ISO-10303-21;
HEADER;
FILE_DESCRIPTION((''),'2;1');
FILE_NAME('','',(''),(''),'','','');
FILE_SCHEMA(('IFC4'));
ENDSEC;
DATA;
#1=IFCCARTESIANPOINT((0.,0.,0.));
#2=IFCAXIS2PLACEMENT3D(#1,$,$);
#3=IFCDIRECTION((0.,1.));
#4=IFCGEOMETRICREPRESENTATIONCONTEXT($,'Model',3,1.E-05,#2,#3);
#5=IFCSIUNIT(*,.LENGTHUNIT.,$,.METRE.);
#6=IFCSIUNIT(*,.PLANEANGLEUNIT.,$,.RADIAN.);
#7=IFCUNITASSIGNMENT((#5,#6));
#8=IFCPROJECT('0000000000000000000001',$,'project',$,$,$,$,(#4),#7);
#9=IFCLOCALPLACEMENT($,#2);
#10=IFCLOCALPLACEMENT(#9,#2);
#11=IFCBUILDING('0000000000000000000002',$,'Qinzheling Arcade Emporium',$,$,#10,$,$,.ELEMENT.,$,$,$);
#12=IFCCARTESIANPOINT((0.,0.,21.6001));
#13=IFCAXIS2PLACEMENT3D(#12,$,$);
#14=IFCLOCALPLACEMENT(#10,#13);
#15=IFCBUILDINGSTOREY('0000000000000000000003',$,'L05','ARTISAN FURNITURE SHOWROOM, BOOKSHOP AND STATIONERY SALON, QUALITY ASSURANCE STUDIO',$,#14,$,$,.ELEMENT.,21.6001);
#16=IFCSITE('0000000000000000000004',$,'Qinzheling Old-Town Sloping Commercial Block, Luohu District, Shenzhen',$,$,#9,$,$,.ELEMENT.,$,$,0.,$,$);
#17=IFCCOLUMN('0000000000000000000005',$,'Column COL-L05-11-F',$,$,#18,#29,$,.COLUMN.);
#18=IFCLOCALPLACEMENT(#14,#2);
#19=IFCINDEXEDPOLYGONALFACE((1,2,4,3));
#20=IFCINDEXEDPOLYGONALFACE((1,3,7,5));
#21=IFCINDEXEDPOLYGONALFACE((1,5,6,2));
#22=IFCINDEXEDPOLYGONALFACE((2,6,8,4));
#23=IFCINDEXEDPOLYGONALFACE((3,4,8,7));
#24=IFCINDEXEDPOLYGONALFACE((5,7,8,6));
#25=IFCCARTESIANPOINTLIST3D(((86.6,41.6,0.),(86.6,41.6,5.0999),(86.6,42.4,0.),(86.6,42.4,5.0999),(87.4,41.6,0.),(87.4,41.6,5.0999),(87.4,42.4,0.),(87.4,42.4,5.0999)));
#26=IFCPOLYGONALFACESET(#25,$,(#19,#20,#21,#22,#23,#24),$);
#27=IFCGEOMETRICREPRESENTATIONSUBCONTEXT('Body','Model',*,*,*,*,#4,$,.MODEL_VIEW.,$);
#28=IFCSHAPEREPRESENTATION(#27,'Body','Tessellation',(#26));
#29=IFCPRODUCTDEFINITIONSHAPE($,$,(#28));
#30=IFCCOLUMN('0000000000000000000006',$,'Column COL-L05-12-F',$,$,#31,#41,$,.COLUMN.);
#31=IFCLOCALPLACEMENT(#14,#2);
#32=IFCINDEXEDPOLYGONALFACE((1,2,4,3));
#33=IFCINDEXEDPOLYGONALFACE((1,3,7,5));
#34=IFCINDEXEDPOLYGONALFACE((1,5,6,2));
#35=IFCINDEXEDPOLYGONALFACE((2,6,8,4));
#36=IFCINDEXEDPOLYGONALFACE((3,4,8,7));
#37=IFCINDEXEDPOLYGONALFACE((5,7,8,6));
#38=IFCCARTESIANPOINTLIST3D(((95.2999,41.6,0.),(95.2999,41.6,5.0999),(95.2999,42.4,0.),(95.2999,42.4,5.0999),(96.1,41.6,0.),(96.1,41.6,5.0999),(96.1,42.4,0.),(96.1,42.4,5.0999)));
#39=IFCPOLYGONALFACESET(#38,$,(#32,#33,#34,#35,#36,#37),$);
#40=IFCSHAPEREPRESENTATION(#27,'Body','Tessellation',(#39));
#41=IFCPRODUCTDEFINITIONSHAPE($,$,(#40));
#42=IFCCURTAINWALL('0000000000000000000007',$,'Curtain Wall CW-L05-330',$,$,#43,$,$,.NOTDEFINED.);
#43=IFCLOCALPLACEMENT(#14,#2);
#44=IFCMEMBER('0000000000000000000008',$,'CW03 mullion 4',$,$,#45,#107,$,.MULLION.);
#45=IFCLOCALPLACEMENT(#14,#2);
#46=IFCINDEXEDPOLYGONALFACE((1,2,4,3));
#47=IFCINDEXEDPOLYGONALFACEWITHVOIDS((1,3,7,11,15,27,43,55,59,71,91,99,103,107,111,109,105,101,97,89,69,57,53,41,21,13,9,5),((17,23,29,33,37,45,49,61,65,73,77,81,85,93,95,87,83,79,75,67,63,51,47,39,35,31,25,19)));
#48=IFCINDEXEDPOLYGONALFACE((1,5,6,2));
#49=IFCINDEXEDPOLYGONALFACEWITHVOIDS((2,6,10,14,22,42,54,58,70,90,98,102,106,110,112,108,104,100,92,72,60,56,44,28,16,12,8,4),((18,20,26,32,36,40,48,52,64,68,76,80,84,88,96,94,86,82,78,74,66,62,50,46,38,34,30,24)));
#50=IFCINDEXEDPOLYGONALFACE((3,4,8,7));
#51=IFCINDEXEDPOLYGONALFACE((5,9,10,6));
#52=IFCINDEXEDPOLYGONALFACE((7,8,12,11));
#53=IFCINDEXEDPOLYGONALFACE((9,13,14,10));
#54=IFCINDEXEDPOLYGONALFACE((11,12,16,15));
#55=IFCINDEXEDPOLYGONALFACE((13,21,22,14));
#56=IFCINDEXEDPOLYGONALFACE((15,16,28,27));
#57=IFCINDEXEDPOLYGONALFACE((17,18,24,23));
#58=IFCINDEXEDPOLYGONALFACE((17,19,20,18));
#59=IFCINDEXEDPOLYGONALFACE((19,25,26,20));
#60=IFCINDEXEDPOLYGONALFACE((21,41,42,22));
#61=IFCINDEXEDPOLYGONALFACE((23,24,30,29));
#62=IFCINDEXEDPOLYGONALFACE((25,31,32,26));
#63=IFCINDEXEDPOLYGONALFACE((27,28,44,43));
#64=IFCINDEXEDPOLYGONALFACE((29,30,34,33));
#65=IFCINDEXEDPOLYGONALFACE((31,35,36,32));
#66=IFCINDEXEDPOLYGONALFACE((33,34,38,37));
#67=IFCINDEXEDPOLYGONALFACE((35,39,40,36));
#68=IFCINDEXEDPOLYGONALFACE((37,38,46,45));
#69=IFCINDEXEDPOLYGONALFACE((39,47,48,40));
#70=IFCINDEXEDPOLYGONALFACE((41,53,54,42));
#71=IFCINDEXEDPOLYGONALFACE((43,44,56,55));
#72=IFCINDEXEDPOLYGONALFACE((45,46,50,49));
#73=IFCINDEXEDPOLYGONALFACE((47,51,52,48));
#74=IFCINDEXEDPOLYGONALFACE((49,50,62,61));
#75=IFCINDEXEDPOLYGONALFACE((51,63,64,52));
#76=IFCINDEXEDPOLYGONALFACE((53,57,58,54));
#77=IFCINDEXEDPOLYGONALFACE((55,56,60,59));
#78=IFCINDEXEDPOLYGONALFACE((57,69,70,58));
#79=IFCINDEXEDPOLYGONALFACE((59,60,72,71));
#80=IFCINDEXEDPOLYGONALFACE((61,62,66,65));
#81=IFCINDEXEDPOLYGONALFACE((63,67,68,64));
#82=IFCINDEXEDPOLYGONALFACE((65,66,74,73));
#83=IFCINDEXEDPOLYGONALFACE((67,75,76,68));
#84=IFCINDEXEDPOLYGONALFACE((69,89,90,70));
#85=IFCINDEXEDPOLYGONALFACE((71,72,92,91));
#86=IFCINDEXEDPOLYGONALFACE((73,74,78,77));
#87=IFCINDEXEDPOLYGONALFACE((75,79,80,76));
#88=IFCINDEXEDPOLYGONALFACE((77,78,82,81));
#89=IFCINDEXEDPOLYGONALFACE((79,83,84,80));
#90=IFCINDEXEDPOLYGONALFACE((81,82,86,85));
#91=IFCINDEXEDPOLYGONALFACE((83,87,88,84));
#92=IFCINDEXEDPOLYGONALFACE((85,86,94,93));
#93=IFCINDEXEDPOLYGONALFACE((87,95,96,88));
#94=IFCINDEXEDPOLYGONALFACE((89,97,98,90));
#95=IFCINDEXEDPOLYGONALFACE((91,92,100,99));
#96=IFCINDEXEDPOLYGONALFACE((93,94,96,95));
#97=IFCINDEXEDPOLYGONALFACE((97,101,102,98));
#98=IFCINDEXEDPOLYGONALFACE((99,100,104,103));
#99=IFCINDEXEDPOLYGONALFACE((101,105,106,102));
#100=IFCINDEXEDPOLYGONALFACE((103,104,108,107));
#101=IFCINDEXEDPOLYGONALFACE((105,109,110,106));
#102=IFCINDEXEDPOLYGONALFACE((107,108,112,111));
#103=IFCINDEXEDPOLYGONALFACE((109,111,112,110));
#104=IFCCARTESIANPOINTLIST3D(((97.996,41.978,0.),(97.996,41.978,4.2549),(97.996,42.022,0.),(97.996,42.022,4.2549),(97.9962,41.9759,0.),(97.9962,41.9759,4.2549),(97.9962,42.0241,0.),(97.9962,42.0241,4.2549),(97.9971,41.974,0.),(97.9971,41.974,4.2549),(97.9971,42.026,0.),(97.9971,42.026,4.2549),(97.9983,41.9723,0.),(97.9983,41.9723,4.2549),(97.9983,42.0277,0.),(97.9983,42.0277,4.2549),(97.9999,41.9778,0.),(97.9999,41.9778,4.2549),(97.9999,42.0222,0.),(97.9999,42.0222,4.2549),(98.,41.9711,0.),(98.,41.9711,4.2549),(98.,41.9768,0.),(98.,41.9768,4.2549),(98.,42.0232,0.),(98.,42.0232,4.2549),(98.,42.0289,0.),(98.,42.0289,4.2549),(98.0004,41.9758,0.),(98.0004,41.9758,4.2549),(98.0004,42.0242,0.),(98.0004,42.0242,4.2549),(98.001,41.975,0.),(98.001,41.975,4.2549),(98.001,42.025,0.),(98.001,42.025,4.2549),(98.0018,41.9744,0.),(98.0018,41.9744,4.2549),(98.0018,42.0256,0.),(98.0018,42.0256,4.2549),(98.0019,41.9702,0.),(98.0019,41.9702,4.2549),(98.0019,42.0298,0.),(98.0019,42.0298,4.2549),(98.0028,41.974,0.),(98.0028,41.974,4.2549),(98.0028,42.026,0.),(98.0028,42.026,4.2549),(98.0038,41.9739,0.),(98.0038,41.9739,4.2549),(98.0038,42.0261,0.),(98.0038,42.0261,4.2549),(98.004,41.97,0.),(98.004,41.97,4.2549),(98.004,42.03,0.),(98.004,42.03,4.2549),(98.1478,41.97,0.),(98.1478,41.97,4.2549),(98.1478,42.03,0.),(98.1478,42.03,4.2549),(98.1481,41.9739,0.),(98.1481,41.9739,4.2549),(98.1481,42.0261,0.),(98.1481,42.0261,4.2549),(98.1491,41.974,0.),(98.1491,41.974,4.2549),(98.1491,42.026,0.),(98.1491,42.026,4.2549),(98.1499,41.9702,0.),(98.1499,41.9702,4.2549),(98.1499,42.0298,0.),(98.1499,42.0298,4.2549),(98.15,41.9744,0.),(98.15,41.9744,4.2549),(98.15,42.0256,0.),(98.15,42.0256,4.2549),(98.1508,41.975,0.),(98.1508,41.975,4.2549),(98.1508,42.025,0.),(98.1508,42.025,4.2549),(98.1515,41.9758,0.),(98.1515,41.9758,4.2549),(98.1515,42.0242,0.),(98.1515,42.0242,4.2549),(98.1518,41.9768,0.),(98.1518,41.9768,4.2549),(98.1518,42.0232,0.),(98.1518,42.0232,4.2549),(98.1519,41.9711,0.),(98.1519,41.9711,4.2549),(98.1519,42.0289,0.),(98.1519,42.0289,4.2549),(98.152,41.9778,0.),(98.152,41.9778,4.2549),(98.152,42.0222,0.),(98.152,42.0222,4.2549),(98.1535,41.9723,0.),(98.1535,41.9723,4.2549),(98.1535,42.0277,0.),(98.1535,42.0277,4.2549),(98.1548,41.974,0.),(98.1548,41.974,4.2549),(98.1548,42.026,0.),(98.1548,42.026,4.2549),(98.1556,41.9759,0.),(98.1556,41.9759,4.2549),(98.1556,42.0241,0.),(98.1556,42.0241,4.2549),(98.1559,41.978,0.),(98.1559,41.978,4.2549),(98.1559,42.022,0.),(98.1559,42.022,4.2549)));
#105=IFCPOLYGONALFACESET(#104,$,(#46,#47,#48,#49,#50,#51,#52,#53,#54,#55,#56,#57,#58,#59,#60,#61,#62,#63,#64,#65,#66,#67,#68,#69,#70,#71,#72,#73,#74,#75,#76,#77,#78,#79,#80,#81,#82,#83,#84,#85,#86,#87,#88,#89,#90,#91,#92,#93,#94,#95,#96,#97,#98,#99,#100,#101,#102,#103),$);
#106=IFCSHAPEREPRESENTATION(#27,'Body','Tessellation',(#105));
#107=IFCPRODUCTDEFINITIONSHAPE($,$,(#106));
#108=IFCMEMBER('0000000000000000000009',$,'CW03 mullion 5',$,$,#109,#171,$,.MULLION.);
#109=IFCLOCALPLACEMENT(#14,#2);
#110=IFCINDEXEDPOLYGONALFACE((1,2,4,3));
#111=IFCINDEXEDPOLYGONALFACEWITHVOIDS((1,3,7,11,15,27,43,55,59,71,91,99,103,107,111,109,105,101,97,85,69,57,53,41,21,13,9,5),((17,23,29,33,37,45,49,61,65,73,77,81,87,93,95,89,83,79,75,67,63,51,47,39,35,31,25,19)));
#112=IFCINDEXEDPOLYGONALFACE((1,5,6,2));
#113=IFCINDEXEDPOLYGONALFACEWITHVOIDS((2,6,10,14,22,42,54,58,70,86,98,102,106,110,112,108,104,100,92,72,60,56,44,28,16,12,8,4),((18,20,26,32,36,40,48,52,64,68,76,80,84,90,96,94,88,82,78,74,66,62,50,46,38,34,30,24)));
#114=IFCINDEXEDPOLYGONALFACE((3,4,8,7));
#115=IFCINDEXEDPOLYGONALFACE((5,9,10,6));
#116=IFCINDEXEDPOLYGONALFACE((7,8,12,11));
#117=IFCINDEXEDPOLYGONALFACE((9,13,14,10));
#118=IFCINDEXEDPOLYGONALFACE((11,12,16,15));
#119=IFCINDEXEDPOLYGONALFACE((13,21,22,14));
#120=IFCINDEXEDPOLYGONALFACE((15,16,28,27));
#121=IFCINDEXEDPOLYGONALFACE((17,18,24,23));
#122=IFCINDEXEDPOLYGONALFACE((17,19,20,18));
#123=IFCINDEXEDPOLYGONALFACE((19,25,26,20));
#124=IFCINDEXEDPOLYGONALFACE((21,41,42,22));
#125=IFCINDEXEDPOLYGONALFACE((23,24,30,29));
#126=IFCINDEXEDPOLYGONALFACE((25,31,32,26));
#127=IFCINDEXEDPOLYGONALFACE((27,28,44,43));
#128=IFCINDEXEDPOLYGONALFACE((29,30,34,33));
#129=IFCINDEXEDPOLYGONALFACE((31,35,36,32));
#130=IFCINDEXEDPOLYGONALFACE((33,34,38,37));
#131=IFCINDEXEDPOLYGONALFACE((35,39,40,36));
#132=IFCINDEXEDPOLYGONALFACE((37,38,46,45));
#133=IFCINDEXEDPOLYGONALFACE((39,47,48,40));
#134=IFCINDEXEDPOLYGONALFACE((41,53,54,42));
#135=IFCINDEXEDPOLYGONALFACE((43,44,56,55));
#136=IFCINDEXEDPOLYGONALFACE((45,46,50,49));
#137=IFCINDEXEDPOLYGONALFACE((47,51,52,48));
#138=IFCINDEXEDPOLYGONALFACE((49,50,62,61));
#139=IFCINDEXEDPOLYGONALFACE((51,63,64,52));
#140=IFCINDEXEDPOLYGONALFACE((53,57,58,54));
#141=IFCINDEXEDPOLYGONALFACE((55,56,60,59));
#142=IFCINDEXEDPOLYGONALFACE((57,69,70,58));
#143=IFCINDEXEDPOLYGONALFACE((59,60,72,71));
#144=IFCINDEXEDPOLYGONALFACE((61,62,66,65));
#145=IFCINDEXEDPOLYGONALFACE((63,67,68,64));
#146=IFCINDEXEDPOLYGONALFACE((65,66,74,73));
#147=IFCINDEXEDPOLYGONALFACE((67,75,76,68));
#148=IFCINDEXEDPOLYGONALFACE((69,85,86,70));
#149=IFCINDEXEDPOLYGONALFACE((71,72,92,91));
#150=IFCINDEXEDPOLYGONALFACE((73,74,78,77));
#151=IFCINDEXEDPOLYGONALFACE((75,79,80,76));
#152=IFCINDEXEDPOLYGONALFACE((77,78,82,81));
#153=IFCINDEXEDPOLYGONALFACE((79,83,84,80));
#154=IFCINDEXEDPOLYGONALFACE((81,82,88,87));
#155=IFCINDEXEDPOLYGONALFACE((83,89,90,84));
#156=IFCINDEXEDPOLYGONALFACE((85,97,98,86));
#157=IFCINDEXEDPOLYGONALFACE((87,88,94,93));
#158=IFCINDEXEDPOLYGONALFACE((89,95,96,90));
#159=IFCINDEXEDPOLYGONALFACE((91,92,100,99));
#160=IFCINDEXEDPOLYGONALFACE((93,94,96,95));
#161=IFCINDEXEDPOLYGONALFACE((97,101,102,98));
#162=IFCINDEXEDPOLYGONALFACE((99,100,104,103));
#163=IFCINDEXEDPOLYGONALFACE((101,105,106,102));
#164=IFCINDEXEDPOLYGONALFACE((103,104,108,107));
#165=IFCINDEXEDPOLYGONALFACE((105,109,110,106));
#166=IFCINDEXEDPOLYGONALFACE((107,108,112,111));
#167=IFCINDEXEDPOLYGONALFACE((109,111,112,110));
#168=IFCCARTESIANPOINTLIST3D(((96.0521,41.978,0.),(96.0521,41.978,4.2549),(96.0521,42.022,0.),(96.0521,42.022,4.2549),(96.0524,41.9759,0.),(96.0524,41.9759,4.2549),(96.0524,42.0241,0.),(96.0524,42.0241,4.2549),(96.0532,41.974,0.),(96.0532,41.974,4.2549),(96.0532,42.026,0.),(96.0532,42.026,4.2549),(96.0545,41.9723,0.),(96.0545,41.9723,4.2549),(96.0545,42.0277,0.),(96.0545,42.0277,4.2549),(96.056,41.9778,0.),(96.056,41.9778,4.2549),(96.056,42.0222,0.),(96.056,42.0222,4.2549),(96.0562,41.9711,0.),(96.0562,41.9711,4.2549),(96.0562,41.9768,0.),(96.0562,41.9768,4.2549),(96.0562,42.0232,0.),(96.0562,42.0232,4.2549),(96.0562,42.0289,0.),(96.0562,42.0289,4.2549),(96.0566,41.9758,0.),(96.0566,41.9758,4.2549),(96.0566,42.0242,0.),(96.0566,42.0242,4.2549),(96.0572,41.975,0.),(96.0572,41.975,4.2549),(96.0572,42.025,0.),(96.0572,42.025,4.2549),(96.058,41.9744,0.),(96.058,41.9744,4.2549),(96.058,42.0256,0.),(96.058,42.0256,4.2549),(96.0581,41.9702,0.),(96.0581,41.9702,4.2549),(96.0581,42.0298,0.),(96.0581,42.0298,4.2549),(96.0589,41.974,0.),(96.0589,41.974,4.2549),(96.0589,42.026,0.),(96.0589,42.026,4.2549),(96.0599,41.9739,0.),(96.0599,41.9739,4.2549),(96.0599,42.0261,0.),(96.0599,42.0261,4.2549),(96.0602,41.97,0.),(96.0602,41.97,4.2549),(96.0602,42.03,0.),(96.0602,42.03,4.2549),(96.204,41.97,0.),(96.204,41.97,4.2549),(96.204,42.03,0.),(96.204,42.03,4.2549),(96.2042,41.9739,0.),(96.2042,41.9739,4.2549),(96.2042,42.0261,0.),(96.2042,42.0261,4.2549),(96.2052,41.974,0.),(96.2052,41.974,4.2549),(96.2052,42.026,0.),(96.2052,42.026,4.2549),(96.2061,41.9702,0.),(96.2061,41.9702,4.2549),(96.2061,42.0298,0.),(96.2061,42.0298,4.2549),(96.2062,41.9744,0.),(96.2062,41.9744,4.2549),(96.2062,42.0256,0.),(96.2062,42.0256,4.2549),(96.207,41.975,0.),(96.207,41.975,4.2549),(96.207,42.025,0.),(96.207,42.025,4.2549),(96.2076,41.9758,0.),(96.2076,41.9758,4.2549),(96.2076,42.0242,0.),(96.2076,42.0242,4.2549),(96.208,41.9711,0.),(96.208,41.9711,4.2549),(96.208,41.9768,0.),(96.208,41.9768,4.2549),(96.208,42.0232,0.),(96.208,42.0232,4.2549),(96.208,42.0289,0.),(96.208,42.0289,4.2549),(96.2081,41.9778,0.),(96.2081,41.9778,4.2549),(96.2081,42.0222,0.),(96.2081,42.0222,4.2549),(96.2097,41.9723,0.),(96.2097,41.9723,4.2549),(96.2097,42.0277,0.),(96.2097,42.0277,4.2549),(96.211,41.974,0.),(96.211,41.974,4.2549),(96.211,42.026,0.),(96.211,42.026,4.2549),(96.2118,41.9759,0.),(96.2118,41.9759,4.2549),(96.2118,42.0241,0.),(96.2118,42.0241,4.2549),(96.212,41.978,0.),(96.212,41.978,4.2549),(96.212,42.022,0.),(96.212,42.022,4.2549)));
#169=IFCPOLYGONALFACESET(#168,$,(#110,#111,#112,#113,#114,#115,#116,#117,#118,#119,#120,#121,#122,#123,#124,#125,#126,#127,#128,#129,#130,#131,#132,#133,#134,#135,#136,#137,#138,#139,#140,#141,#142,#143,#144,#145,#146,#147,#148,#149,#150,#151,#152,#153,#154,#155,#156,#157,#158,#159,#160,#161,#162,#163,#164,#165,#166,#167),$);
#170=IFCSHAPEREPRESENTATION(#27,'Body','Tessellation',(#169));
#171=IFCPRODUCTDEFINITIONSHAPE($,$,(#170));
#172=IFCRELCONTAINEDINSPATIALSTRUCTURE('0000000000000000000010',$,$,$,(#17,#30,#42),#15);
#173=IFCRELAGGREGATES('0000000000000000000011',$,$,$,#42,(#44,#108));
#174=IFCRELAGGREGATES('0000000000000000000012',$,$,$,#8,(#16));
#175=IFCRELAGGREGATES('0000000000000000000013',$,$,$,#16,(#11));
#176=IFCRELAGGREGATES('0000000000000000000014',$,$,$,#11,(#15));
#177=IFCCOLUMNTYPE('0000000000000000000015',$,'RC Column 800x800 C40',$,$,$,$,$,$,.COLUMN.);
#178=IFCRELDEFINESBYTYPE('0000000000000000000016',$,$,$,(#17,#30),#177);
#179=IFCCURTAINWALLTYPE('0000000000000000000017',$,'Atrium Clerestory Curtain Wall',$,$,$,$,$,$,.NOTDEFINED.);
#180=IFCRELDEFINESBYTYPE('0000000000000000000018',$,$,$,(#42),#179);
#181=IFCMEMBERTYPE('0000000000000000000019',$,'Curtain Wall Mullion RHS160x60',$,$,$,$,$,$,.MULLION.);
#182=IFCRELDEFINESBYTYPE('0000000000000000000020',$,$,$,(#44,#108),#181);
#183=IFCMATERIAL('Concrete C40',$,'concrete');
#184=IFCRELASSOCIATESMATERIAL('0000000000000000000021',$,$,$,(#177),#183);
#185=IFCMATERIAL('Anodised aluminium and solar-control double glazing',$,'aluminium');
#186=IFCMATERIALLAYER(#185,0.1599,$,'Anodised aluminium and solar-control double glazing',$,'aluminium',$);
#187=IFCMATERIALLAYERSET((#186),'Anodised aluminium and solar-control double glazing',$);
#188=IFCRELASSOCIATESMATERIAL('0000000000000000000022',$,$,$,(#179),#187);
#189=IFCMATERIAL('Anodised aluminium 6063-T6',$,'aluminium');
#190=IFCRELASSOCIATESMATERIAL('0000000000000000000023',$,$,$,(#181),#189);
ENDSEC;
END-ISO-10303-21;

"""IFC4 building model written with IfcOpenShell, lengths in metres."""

from ifc_helpers import new_model, si_unit, direction, frame, origin, origin_2d, place, context, subcontext, project, spatial, rectangle, hollow_rectangle, extrude, material, layer, layer_set, material_profile, profile_set, type_object, element, aggregate, save


model = new_model("IFC4")

# Units and contexts
model_context = context("Model", 3, precision=1e-05, world=origin(), true_north=direction((0.0, 1.0)))
body_context = subcontext(model_context, "Body", "Model", "MODEL_VIEW")
ifc_project = project(units=[si_unit("LENGTHUNIT", "METRE"), si_unit("PLANEANGLEUNIT", "RADIAN")], contexts=[model_context])

# Site, building, storey
site_placement = place(None, origin())
site = spatial("IfcSite", under=ifc_project, at=site_placement, Name="Qinzheling Old-Town Sloping Commercial Block, Luohu District, Shenzhen", CompositionType="ELEMENT", RefElevation=0.0)
building_placement = place(site_placement, origin())
building = spatial("IfcBuilding", under=site, at=building_placement, Name="Qinzheling Arcade Emporium", CompositionType="ELEMENT")
storey_placement = place(building_placement, frame((0.0, 0.0, 21.6001)))
storey = spatial("IfcBuildingStorey", under=building, at=storey_placement, Name="L05", Description="ARTISAN FURNITURE SHOWROOM, BOOKSHOP AND STATIONERY SALON, QUALITY ASSURANCE STUDIO", CompositionType="ELEMENT", Elevation=21.6001)

# Columns
ifc_material_1 = material(Name="Concrete C40", Category="concrete")
ifc_material_profile_1 = material_profile(ifc_material_1, rectangle(XDim=0.8, YDim=0.8, at=origin_2d()), Name="RC 800x800", Category="concrete")
ifc_profile_set_1 = profile_set([ifc_material_profile_1], Name="Concrete C40")
column_type = type_object("IfcColumnType", Name="RC Column 800x800 C40", PredefinedType="COLUMN", material=ifc_profile_set_1)
for number, where, z_axis, x_axis, name in (
    (1, (87.0, 42.0, 0.0), (0.0, 0.0, 1.0), (1.0, 0.0, 0.0), "Column COL-L05-11-F"),
    (2, (95.7, 42.0, 0.0), (0.0, 0.0, 1.0), (1.0, 0.0, 0.0), "Column COL-L05-12-F"),
):
    element("IfcColumn", number, at=place(storey_placement, frame(where, z_axis=z_axis, x_axis=x_axis)), inside=storey, type_object=column_type, Name=name, PredefinedType="COLUMN", context=body_context, shape_type="SweptSolid", body=[
        extrude(rectangle(XDim=0.8, YDim=0.8, at=origin_2d()), origin(), (0.0, 0.0, 1.0), 5.0999),
    ])

# Curtain wall, members
ifc_material_2 = material(Name="Anodised aluminium and solar-control double glazing", Category="aluminium")
ifc_layer_1 = layer(ifc_material_2, 0.1599, Name="Anodised aluminium and solar-control double glazing", Category="aluminium")
ifc_layer_set_1 = layer_set([ifc_layer_1], Name="Anodised aluminium and solar-control double glazing")
curtain_wall_type = type_object("IfcCurtainWallType", Name="Atrium Clerestory Curtain Wall", PredefinedType="NOTDEFINED", material=ifc_layer_set_1)
curtain_wall_1_placement = place(storey_placement, origin())
curtain_wall_1 = element("IfcCurtainWall", 3, at=curtain_wall_1_placement, inside=storey, type_object=curtain_wall_type, Name="Curtain Wall CW-L05-330", PredefinedType="NOTDEFINED")
ifc_material_3 = material(Name="Anodised aluminium 6063-T6", Category="aluminium")
ifc_material_profile_2 = material_profile(ifc_material_3, hollow_rectangle(XDim=0.0601, YDim=0.1599, WallThickness=0.0039, InnerFilletRadius=0.0039, OuterFilletRadius=0.0081, at=origin_2d()), Name="RHS 160x60x4", Category="aluminium")
ifc_profile_set_2 = profile_set([ifc_material_profile_2], Name="Anodised aluminium 6063-T6")
member_type_1 = type_object("IfcMemberType", Name="Curtain Wall Mullion RHS160x60", PredefinedType="MULLION", material=ifc_profile_set_2)
member_1_placement = place(storey_placement, frame((98.0759, 42.0, 0.0), z_axis=(0.0, 0.0, 1.0), x_axis=(0.0, -1.0, 0.0)))
member_1 = element("IfcMember", 4, at=member_1_placement, type_object=member_type_1, Name="CW03 mullion 4", PredefinedType="MULLION", context=body_context, shape_type="SweptSolid", body=[
    extrude(hollow_rectangle(XDim=0.0601, YDim=0.1599, WallThickness=0.0039, InnerFilletRadius=0.0039, OuterFilletRadius=0.0081, at=origin_2d()), origin(), (0.0, 0.0, 1.0), 4.2549),
])
member_2_placement = place(storey_placement, frame((96.1321, 42.0, 0.0), z_axis=(0.0, 0.0, 1.0), x_axis=(0.0, -1.0, 0.0)))
member_2 = element("IfcMember", 5, at=member_2_placement, type_object=member_type_1, Name="CW03 mullion 5", PredefinedType="MULLION", context=body_context, shape_type="SweptSolid", body=[
    extrude(hollow_rectangle(XDim=0.0601, YDim=0.1599, WallThickness=0.0039, InnerFilletRadius=0.0039, OuterFilletRadius=0.0081, at=origin_2d()), origin(), (0.0, 0.0, 1.0), 4.2549),
])

aggregate(curtain_wall_1, [member_1, member_2])

save(model, "model.ifc")
